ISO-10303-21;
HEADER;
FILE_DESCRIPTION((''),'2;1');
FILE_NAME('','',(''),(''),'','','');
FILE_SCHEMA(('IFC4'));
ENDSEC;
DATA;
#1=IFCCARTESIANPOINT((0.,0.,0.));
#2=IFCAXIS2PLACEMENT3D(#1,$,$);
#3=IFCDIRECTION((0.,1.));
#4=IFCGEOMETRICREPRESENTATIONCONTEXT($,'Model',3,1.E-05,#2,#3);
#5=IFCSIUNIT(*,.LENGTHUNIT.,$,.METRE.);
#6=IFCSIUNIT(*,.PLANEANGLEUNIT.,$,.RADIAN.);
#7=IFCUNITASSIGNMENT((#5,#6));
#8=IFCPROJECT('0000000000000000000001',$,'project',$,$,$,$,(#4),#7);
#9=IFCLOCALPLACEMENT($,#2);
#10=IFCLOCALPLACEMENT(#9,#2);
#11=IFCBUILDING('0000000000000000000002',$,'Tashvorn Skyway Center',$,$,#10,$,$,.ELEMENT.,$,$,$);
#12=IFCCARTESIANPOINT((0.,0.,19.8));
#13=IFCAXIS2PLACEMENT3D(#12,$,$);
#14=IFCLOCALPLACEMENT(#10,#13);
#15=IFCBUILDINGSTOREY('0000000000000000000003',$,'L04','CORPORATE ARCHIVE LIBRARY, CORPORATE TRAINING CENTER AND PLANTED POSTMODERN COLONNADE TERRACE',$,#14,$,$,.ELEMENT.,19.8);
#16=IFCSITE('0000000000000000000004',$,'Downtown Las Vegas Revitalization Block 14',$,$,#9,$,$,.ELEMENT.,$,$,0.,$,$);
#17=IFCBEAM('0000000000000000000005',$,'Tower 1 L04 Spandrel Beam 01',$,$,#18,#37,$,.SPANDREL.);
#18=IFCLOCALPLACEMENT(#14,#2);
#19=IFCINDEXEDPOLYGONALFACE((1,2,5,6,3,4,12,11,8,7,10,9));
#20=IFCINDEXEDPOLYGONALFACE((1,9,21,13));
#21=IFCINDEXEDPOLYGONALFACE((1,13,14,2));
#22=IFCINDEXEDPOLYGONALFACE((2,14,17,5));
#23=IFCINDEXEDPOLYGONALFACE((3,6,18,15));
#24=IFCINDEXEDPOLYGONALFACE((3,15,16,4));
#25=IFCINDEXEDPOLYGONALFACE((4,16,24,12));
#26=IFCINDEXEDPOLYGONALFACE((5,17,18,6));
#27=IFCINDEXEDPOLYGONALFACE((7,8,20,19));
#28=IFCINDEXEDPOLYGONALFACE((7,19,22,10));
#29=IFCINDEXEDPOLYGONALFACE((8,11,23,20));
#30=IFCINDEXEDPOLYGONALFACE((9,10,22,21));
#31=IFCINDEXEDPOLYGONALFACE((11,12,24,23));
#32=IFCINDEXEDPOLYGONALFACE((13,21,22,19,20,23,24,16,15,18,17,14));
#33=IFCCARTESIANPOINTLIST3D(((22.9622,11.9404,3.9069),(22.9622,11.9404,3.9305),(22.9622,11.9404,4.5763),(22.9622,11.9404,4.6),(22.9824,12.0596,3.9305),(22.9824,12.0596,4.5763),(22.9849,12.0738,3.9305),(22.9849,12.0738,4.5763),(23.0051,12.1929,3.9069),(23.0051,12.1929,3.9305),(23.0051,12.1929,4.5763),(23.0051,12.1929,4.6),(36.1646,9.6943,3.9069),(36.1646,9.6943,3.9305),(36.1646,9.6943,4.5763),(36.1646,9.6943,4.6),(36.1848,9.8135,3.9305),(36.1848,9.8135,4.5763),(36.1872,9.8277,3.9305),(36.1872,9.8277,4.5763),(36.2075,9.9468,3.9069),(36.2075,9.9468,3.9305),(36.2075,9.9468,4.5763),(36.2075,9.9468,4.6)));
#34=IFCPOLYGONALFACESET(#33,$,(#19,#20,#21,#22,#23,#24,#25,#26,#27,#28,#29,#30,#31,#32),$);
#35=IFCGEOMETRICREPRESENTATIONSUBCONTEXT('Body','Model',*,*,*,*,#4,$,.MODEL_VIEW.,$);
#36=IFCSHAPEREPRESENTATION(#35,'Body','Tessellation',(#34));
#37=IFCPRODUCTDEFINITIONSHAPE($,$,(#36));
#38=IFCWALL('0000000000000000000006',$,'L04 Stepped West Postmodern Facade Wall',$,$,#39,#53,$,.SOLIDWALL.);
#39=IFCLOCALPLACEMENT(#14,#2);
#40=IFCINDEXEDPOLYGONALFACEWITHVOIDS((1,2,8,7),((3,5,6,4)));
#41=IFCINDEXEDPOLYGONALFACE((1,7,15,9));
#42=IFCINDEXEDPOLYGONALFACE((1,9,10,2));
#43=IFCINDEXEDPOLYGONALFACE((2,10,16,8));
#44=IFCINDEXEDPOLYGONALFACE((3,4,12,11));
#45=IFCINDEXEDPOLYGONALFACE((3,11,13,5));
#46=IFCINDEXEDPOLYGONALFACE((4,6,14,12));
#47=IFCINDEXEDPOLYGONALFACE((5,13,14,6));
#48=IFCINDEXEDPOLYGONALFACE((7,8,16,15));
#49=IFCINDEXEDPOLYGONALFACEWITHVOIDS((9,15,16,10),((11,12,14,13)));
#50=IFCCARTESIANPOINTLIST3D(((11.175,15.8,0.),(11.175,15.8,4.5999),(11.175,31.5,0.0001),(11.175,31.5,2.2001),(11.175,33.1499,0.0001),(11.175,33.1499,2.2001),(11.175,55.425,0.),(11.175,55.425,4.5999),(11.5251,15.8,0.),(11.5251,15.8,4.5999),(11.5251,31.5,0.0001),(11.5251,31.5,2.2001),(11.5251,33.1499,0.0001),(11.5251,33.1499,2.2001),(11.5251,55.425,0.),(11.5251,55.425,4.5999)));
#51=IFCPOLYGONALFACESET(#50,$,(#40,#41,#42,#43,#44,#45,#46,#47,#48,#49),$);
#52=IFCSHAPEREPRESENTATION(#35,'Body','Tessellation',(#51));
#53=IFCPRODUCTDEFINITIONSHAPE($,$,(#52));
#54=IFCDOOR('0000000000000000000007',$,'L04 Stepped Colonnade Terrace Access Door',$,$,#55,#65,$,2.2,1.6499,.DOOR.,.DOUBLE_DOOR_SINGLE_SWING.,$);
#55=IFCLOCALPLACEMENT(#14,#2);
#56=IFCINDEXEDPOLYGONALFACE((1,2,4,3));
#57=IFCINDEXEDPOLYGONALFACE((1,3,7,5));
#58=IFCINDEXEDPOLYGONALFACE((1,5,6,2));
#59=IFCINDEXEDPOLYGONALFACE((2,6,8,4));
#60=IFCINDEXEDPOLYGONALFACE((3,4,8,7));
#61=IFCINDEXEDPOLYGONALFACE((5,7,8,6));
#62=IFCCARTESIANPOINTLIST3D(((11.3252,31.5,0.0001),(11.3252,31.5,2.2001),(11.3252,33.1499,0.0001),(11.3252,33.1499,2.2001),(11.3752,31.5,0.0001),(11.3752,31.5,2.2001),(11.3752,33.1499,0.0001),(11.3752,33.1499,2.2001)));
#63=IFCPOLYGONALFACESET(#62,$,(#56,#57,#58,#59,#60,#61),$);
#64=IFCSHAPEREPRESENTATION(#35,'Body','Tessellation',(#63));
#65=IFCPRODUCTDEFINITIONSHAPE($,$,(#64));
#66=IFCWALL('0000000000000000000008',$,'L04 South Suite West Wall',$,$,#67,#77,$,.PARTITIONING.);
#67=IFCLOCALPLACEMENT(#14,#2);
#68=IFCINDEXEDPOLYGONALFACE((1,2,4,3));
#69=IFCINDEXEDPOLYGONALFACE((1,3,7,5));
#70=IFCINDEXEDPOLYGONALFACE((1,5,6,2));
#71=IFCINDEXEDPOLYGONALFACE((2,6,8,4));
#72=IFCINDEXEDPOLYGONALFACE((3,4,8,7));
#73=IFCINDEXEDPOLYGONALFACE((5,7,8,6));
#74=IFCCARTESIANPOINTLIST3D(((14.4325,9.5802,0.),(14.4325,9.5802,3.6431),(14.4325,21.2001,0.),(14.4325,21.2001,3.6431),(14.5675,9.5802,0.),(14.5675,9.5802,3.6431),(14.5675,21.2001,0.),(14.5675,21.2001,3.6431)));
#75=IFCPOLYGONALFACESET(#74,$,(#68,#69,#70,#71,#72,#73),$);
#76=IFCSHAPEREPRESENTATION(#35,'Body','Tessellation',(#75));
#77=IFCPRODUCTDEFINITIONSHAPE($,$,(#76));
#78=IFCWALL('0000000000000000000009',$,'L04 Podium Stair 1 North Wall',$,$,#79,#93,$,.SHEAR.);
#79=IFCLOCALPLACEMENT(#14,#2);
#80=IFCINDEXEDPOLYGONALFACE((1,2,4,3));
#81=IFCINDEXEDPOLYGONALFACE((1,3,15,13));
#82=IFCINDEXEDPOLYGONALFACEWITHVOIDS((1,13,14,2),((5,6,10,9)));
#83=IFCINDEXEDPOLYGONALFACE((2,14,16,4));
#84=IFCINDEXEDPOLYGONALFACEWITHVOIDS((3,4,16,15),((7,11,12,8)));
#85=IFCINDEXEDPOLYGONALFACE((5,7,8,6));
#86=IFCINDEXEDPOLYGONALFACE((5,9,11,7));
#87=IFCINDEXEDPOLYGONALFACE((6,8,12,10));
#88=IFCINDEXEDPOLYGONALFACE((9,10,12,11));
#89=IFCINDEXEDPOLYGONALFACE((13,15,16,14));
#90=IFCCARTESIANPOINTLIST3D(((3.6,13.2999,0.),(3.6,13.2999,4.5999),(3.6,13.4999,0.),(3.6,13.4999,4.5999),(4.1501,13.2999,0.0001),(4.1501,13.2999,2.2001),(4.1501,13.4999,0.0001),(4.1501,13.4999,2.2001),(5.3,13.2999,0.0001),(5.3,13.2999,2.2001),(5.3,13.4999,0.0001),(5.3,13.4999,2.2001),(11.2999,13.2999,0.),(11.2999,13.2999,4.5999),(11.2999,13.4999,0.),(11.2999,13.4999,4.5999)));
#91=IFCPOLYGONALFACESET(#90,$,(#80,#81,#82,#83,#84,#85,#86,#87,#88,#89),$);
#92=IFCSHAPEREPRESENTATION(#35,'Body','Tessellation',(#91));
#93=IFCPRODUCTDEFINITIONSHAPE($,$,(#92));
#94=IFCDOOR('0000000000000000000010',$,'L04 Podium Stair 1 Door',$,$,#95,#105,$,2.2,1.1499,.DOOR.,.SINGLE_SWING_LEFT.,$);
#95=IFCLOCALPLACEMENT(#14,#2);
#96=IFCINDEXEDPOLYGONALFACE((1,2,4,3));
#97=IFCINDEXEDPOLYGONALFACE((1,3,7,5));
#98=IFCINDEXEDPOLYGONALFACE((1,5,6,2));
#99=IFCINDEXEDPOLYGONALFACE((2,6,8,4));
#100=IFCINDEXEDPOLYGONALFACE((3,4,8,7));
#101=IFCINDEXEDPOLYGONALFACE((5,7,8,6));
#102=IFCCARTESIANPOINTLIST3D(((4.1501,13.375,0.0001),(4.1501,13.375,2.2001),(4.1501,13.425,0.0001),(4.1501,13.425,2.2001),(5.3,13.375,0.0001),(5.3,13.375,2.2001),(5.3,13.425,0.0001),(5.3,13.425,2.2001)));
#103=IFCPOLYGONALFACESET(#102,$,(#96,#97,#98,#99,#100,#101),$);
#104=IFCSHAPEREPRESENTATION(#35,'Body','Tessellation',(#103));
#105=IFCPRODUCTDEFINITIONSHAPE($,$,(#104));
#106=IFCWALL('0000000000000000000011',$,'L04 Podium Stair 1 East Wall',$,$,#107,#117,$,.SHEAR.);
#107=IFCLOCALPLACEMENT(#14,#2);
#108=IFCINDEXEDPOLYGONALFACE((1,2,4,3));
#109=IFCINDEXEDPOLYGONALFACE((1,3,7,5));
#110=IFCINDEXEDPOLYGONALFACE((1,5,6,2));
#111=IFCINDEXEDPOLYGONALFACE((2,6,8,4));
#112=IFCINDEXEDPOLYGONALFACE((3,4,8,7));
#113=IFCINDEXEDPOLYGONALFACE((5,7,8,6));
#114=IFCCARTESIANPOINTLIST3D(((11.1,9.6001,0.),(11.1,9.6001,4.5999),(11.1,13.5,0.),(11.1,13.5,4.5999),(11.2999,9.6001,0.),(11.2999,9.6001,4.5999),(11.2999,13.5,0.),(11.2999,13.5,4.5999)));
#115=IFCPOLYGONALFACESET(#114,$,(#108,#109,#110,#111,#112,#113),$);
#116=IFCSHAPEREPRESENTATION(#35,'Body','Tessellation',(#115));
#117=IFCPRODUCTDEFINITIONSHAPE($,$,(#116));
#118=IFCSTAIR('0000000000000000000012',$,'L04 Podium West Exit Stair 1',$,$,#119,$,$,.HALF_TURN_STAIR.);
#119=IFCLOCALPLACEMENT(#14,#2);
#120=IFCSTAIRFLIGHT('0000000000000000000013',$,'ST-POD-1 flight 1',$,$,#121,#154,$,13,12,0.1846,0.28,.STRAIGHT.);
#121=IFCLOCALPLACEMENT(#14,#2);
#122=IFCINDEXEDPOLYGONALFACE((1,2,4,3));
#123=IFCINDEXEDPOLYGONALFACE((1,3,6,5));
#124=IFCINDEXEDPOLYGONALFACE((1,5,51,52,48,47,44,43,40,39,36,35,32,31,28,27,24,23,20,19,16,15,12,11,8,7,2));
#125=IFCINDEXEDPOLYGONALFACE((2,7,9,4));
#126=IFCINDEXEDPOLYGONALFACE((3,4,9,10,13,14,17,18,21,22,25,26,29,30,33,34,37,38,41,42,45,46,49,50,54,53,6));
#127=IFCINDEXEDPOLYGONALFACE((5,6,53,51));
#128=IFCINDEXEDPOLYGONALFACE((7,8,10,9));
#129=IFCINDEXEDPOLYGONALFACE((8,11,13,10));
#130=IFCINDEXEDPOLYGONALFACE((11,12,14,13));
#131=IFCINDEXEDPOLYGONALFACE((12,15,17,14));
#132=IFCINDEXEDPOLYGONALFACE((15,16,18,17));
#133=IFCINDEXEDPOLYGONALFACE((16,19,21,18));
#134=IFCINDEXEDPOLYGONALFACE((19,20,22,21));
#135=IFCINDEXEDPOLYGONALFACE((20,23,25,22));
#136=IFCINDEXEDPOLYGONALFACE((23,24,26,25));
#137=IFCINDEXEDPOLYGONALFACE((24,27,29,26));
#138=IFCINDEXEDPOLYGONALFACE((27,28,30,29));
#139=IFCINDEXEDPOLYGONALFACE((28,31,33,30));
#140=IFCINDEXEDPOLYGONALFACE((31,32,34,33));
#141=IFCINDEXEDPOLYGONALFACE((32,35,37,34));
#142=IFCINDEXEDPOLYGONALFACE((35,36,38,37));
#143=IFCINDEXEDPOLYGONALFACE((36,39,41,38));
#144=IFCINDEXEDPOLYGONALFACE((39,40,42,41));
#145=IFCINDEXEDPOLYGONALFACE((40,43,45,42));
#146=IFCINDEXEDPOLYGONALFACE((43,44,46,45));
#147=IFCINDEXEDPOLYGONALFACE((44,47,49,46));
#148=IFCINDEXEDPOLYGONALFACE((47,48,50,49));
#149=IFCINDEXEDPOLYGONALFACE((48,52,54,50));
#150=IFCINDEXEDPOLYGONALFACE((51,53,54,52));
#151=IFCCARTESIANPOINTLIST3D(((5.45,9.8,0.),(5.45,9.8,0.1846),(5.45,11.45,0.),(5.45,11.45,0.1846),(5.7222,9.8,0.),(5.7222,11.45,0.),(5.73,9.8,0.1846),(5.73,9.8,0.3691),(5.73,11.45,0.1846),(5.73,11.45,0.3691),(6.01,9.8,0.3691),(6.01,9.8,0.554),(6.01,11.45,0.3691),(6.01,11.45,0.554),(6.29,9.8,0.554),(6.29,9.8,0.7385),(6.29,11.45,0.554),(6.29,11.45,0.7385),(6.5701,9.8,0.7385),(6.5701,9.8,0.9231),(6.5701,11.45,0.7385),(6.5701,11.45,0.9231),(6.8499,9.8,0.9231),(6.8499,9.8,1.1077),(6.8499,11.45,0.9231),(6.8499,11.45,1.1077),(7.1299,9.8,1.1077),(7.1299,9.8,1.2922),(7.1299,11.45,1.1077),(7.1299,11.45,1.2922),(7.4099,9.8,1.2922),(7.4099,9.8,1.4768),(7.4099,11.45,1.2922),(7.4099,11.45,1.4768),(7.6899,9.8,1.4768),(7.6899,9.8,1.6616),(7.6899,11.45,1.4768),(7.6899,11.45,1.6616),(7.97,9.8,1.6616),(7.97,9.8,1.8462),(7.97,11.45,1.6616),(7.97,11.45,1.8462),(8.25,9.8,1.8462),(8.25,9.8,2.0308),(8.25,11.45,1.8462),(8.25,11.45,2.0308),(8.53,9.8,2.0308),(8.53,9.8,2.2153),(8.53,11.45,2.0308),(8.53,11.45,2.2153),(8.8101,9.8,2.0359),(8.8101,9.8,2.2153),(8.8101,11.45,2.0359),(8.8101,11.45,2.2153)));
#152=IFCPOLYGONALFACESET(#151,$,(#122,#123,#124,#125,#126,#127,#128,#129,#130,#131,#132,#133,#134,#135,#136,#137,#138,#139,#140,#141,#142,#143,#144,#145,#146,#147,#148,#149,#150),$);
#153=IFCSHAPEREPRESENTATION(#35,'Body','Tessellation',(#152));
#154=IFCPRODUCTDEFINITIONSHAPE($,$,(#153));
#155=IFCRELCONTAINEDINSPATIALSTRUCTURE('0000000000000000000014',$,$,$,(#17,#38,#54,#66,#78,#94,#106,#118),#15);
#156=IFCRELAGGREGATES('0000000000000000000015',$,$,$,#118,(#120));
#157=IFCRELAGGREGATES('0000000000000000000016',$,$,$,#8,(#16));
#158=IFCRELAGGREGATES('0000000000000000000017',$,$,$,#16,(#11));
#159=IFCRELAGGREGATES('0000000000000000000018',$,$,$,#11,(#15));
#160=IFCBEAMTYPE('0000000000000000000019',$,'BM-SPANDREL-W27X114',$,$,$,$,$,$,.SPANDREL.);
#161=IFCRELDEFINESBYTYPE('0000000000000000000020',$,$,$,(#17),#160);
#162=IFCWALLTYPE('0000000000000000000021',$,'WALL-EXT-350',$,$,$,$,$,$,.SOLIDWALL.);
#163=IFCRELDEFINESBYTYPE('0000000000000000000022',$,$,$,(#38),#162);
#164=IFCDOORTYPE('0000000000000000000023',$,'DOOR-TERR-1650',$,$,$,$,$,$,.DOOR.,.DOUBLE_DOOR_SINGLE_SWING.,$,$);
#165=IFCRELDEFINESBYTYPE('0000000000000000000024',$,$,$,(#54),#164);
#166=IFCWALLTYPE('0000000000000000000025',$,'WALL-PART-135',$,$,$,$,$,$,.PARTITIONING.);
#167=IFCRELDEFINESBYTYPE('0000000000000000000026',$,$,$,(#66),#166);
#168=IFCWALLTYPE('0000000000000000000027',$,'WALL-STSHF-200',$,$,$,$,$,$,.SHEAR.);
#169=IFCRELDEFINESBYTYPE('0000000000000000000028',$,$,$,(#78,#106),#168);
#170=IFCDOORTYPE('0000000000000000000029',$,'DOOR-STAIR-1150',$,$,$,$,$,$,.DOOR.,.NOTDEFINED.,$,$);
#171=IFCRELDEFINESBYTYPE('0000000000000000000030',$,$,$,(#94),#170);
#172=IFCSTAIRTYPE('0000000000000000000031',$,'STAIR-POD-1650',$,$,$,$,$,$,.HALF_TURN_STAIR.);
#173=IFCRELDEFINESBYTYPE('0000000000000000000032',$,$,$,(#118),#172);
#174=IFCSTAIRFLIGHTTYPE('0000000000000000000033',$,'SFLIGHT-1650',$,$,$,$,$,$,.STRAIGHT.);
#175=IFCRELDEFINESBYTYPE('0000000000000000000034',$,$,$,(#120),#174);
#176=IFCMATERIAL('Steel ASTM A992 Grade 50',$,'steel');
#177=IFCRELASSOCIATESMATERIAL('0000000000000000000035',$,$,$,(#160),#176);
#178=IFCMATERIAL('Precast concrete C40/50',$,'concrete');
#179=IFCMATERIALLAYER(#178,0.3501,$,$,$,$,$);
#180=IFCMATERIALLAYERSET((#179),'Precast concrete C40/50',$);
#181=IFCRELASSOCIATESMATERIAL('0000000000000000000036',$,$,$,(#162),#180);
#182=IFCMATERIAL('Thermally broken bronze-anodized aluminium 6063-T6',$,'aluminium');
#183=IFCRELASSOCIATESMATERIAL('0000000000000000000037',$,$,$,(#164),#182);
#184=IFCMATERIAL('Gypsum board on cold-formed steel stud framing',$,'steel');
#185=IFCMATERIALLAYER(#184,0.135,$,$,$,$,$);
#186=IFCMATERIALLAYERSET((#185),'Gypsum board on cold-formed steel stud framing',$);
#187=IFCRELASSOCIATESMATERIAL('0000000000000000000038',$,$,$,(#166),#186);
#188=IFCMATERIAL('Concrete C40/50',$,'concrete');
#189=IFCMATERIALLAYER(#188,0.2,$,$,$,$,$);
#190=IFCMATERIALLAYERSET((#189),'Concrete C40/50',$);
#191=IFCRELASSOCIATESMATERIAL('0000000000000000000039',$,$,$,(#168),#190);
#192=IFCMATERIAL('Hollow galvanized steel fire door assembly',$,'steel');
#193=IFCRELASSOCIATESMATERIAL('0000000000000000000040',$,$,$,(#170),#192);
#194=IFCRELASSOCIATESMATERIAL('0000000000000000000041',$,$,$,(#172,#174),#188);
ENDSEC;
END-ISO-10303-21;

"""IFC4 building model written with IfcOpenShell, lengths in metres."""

from ifc_helpers import new_model, si_unit, direction, frame, frame_2d, origin, origin_2d, place, context, subcontext, project, spatial, polyline, rectangle, i_section, outline, extrude, material, layer, layer_set, material_profile, profile_set, type_object, element, fill, aggregate, save


model = new_model("IFC4")

# Units and contexts
model_context = context("Model", 3, precision=1e-05, world=origin(), true_north=direction((0.0, 1.0)))
body_context = subcontext(model_context, "Body", "Model", "MODEL_VIEW")
ifc_project = project(units=[si_unit("LENGTHUNIT", "METRE"), si_unit("PLANEANGLEUNIT", "RADIAN")], contexts=[model_context])

# Site, building, storey
site_placement = place(None, origin())
site = spatial("IfcSite", under=ifc_project, at=site_placement, Name="Downtown Las Vegas Revitalization Block 14", CompositionType="ELEMENT", RefElevation=0.0)
building_placement = place(site_placement, origin())
building = spatial("IfcBuilding", under=site, at=building_placement, Name="Tashvorn Skyway Center", CompositionType="ELEMENT")
storey_placement = place(building_placement, frame((0.0, 0.0, 19.8)))
storey = spatial("IfcBuildingStorey", under=building, at=storey_placement, Name="L04", Description="CORPORATE ARCHIVE LIBRARY, CORPORATE TRAINING CENTER AND PLANTED POSTMODERN COLONNADE TERRACE", CompositionType="ELEMENT", Elevation=19.8)

# Beam
ifc_material_1 = material(Name="Steel ASTM A992 Grade 50", Category="steel")
ifc_material_profile_1 = material_profile(ifc_material_1, i_section(OverallWidth=0.2561, OverallDepth=0.6931, WebThickness=0.0144, FlangeThickness=0.0237, at=origin_2d()), Name="W27X114")
ifc_profile_set_1 = profile_set([ifc_material_profile_1], Name="Steel ASTM A992 Grade 50")
beam_type_1 = type_object("IfcBeamType", Name="BM-SPANDREL-W27X114", PredefinedType="SPANDREL", material=ifc_profile_set_1)
beam_1_placement = place(storey_placement, frame((22.9836, 12.0667, 4.2534), z_axis=(0.985835, -0.167718, 0.0), x_axis=(0.167718, 0.985835, 0.0)))
element("IfcBeam", 1, at=beam_1_placement, inside=storey, type_object=beam_type_1, Name="Tower 1 L04 Spandrel Beam 01", PredefinedType="SPANDREL", context=body_context, shape_type="SweptSolid", body=[
    extrude(i_section(OverallWidth=0.2561, OverallDepth=0.6931, WebThickness=0.0144, FlangeThickness=0.0237, at=origin_2d()), origin(), (0.0, 0.0, 1.0), 13.3921),
])

# Wall, opening, door
ifc_material_2 = material(Name="Precast concrete C40/50", Category="concrete")
ifc_layer_1 = layer(ifc_material_2, 0.3501)
ifc_layer_set_1 = layer_set([ifc_layer_1], Name="Precast concrete C40/50")
wall_type_1 = type_object("IfcWallType", Name="WALL-EXT-350", PredefinedType="SOLIDWALL", material=ifc_layer_set_1)
wall_1_placement = place(storey_placement, frame((11.3501, 15.8, 0.0), z_axis=(0.0, 0.0, 1.0), x_axis=(0.0, 1.0, 0.0)))
wall_1 = element("IfcWall", 2, at=wall_1_placement, inside=storey, type_object=wall_type_1, Name="L04 Stepped West Postmodern Facade Wall", PredefinedType="SOLIDWALL", context=body_context, shape_type="SweptSolid", body=[
    extrude(rectangle(XDim=39.625, YDim=0.3501, at=frame_2d((19.8125, 0.0))), origin(), (0.0, 0.0, 1.0), 4.5999),
])
opening_1_placement = place(wall_1_placement, frame((15.7, 0.0, 0.0)))
opening_1 = element("IfcOpeningElement", 3, at=opening_1_placement, cuts=wall_1, PredefinedType="OPENING", context=body_context, shape_type="SweptSolid", body=[
    extrude(rectangle(XDim=1.6499, YDim=2.2, at=frame_2d((0.825, 1.1001))), frame((0.0, 0.1851, 0.0), z_axis=(0.0, -1.0, 0.0), x_axis=(1.0, 0.0, 0.0)), (0.0, 0.0, 1.0), 0.3701),
])
ifc_material_3 = material(Name="Thermally broken bronze-anodized aluminium 6063-T6", Category="aluminium")
door_type_1 = type_object("IfcDoorType", Name="DOOR-TERR-1650", OperationType="DOUBLE_DOOR_SINGLE_SWING", PredefinedType="DOOR", material=ifc_material_3)
door_1_placement = place(opening_1_placement, origin())
door_1 = element("IfcDoor", 4, at=door_1_placement, inside=storey, type_object=door_type_1, Name="L04 Stepped Colonnade Terrace Access Door", OperationType="DOUBLE_DOOR_SINGLE_SWING", OverallHeight=2.2, OverallWidth=1.6499, PredefinedType="DOOR", context=body_context, shape_type="SweptSolid", body=[
    extrude(rectangle(XDim=1.6499, YDim=2.2, at=frame_2d((0.825, 1.1001))), frame((0.0, 0.0249, 0.0), z_axis=(0.0, -1.0, 0.0), x_axis=(1.0, 0.0, 0.0)), (0.0, 0.0, 1.0), 0.05),
])
fill(opening_1, door_1)

# Wall
ifc_material_4 = material(Name="Gypsum board on cold-formed steel stud framing", Category="steel")
ifc_layer_2 = layer(ifc_material_4, 0.135)
ifc_layer_set_2 = layer_set([ifc_layer_2], Name="Gypsum board on cold-formed steel stud framing")
wall_type_2 = type_object("IfcWallType", Name="WALL-PART-135", PredefinedType="PARTITIONING", material=ifc_layer_set_2)
wall_2_placement = place(storey_placement, frame((14.5, 9.5801, 0.0), z_axis=(0.0, 0.0, 1.0), x_axis=(0.0, 1.0, 0.0)))
element("IfcWall", 5, at=wall_2_placement, inside=storey, type_object=wall_type_2, Name="L04 South Suite West Wall", PredefinedType="PARTITIONING", context=body_context, shape_type="SweptSolid", body=[
    extrude(rectangle(XDim=11.6199, YDim=0.135, at=frame_2d((5.8101, 0.0))), origin(), (0.0, 0.0, 1.0), 3.6431),
])

# Wall, opening, door
ifc_material_5 = material(Name="Concrete C40/50", Category="concrete")
ifc_layer_3 = layer(ifc_material_5, 0.2)
ifc_layer_set_3 = layer_set([ifc_layer_3], Name="Concrete C40/50")
wall_type_3 = type_object("IfcWallType", Name="WALL-STSHF-200", PredefinedType="SHEAR", material=ifc_layer_set_3)
wall_3_placement = place(storey_placement, frame((11.3, 13.3999, 0.0), z_axis=(0.0, 0.0, 1.0), x_axis=(-1.0, 0.0, 0.0)))
wall_3 = element("IfcWall", 6, at=wall_3_placement, inside=storey, type_object=wall_type_3, Name="L04 Podium Stair 1 North Wall", PredefinedType="SHEAR", context=body_context, shape_type="SweptSolid", body=[
    extrude(rectangle(XDim=7.7, YDim=0.2, at=frame_2d((3.8501, 0.0))), origin(), (0.0, 0.0, 1.0), 4.5999),
])
opening_2_placement = place(wall_3_placement, frame((6.0, 0.0, 0.0)))
opening_2 = element("IfcOpeningElement", 7, at=opening_2_placement, cuts=wall_3, PredefinedType="OPENING", context=body_context, shape_type="SweptSolid", body=[
    extrude(rectangle(XDim=1.1499, YDim=2.2, at=frame_2d((0.575, 1.1001))), frame((0.0, 0.1099, 0.0), z_axis=(0.0, -1.0, 0.0), x_axis=(1.0, 0.0, 0.0)), (0.0, 0.0, 1.0), 0.22),
])
ifc_material_6 = material(Name="Hollow galvanized steel fire door assembly", Category="steel")
door_type_2 = type_object("IfcDoorType", Name="DOOR-STAIR-1150", OperationType="NOTDEFINED", PredefinedType="DOOR", material=ifc_material_6)
door_2_placement = place(opening_2_placement, origin())
door_2 = element("IfcDoor", 8, at=door_2_placement, inside=storey, type_object=door_type_2, Name="L04 Podium Stair 1 Door", OperationType="SINGLE_SWING_LEFT", OverallHeight=2.2, OverallWidth=1.1499, PredefinedType="DOOR", context=body_context, shape_type="SweptSolid", body=[
    extrude(rectangle(XDim=1.1499, YDim=2.2, at=frame_2d((0.575, 1.1001))), frame((0.0, 0.0249, 0.0), z_axis=(0.0, -1.0, 0.0), x_axis=(1.0, 0.0, 0.0)), (0.0, 0.0, 1.0), 0.05),
])
fill(opening_2, door_2)

# Wall
wall_4_placement = place(storey_placement, frame((11.2, 9.6001, 0.0), z_axis=(0.0, 0.0, 1.0), x_axis=(0.0, 1.0, 0.0)))
element("IfcWall", 9, at=wall_4_placement, inside=storey, type_object=wall_type_3, Name="L04 Podium Stair 1 East Wall", PredefinedType="SHEAR", context=body_context, shape_type="SweptSolid", body=[
    extrude(rectangle(XDim=3.8999, YDim=0.2, at=frame_2d((1.95, 0.0))), origin(), (0.0, 0.0, 1.0), 4.5999),
])

# Stair, stair flight
stair_type = type_object("IfcStairType", Name="STAIR-POD-1650", PredefinedType="HALF_TURN_STAIR", material=ifc_material_5)
stair_placement = place(storey_placement, origin())
stair = element("IfcStair", 10, at=stair_placement, inside=storey, type_object=stair_type, Name="L04 Podium West Exit Stair 1", PredefinedType="HALF_TURN_STAIR")
stair_flight_type = type_object("IfcStairFlightType", Name="SFLIGHT-1650", PredefinedType="STRAIGHT", material=ifc_material_5)
stair_flight_1_placement = place(storey_placement, frame((5.45, 10.625, 0.0), z_axis=(0.0, 0.0, 1.0), x_axis=(1.0, 0.0, 0.0)))
stair_flight_1 = element("IfcStairFlight", 11, at=stair_flight_1_placement, type_object=stair_flight_type, Name="ST-POD-1 flight 1", NumberOfRisers=13, NumberOfTreads=12, PredefinedType="STRAIGHT", RiserHeight=0.1846, TreadLength=0.28, context=body_context, shape_type="SweptSolid", body=[
    extrude(outline(polyline([(0.0, 0.0), (0.0, 0.1846), (0.28, 0.1846), (0.28, 0.3691), (0.5601, 0.3691), (0.5601, 0.554), (0.8401, 0.554), (0.8401, 0.7385), (1.1201, 0.7385), (1.1201, 0.9231), (1.3999, 0.9231), (1.3999, 1.1077), (1.6799, 1.1077), (1.6799, 1.2922), (1.96, 1.2922), (1.96, 1.4768), (2.24, 1.4768), (2.24, 1.6616), (2.52, 1.6616), (2.52, 1.8462), (2.8, 1.8462), (2.8, 2.0308), (3.0801, 2.0308), (3.0801, 2.2153), (3.3601, 2.2153), (3.3601, 2.3999), (3.3601, 2.0359), (0.2722, 0.0), (0.0, 0.0)])), frame((0.0, 0.825, 0.0), z_axis=(0.0, -1.0, 0.0), x_axis=(1.0, 0.0, 0.0)), (0.0, 0.0, 1.0), 1.6499),
])
aggregate(stair, [stair_flight_1])

save(model, "model.ifc")
